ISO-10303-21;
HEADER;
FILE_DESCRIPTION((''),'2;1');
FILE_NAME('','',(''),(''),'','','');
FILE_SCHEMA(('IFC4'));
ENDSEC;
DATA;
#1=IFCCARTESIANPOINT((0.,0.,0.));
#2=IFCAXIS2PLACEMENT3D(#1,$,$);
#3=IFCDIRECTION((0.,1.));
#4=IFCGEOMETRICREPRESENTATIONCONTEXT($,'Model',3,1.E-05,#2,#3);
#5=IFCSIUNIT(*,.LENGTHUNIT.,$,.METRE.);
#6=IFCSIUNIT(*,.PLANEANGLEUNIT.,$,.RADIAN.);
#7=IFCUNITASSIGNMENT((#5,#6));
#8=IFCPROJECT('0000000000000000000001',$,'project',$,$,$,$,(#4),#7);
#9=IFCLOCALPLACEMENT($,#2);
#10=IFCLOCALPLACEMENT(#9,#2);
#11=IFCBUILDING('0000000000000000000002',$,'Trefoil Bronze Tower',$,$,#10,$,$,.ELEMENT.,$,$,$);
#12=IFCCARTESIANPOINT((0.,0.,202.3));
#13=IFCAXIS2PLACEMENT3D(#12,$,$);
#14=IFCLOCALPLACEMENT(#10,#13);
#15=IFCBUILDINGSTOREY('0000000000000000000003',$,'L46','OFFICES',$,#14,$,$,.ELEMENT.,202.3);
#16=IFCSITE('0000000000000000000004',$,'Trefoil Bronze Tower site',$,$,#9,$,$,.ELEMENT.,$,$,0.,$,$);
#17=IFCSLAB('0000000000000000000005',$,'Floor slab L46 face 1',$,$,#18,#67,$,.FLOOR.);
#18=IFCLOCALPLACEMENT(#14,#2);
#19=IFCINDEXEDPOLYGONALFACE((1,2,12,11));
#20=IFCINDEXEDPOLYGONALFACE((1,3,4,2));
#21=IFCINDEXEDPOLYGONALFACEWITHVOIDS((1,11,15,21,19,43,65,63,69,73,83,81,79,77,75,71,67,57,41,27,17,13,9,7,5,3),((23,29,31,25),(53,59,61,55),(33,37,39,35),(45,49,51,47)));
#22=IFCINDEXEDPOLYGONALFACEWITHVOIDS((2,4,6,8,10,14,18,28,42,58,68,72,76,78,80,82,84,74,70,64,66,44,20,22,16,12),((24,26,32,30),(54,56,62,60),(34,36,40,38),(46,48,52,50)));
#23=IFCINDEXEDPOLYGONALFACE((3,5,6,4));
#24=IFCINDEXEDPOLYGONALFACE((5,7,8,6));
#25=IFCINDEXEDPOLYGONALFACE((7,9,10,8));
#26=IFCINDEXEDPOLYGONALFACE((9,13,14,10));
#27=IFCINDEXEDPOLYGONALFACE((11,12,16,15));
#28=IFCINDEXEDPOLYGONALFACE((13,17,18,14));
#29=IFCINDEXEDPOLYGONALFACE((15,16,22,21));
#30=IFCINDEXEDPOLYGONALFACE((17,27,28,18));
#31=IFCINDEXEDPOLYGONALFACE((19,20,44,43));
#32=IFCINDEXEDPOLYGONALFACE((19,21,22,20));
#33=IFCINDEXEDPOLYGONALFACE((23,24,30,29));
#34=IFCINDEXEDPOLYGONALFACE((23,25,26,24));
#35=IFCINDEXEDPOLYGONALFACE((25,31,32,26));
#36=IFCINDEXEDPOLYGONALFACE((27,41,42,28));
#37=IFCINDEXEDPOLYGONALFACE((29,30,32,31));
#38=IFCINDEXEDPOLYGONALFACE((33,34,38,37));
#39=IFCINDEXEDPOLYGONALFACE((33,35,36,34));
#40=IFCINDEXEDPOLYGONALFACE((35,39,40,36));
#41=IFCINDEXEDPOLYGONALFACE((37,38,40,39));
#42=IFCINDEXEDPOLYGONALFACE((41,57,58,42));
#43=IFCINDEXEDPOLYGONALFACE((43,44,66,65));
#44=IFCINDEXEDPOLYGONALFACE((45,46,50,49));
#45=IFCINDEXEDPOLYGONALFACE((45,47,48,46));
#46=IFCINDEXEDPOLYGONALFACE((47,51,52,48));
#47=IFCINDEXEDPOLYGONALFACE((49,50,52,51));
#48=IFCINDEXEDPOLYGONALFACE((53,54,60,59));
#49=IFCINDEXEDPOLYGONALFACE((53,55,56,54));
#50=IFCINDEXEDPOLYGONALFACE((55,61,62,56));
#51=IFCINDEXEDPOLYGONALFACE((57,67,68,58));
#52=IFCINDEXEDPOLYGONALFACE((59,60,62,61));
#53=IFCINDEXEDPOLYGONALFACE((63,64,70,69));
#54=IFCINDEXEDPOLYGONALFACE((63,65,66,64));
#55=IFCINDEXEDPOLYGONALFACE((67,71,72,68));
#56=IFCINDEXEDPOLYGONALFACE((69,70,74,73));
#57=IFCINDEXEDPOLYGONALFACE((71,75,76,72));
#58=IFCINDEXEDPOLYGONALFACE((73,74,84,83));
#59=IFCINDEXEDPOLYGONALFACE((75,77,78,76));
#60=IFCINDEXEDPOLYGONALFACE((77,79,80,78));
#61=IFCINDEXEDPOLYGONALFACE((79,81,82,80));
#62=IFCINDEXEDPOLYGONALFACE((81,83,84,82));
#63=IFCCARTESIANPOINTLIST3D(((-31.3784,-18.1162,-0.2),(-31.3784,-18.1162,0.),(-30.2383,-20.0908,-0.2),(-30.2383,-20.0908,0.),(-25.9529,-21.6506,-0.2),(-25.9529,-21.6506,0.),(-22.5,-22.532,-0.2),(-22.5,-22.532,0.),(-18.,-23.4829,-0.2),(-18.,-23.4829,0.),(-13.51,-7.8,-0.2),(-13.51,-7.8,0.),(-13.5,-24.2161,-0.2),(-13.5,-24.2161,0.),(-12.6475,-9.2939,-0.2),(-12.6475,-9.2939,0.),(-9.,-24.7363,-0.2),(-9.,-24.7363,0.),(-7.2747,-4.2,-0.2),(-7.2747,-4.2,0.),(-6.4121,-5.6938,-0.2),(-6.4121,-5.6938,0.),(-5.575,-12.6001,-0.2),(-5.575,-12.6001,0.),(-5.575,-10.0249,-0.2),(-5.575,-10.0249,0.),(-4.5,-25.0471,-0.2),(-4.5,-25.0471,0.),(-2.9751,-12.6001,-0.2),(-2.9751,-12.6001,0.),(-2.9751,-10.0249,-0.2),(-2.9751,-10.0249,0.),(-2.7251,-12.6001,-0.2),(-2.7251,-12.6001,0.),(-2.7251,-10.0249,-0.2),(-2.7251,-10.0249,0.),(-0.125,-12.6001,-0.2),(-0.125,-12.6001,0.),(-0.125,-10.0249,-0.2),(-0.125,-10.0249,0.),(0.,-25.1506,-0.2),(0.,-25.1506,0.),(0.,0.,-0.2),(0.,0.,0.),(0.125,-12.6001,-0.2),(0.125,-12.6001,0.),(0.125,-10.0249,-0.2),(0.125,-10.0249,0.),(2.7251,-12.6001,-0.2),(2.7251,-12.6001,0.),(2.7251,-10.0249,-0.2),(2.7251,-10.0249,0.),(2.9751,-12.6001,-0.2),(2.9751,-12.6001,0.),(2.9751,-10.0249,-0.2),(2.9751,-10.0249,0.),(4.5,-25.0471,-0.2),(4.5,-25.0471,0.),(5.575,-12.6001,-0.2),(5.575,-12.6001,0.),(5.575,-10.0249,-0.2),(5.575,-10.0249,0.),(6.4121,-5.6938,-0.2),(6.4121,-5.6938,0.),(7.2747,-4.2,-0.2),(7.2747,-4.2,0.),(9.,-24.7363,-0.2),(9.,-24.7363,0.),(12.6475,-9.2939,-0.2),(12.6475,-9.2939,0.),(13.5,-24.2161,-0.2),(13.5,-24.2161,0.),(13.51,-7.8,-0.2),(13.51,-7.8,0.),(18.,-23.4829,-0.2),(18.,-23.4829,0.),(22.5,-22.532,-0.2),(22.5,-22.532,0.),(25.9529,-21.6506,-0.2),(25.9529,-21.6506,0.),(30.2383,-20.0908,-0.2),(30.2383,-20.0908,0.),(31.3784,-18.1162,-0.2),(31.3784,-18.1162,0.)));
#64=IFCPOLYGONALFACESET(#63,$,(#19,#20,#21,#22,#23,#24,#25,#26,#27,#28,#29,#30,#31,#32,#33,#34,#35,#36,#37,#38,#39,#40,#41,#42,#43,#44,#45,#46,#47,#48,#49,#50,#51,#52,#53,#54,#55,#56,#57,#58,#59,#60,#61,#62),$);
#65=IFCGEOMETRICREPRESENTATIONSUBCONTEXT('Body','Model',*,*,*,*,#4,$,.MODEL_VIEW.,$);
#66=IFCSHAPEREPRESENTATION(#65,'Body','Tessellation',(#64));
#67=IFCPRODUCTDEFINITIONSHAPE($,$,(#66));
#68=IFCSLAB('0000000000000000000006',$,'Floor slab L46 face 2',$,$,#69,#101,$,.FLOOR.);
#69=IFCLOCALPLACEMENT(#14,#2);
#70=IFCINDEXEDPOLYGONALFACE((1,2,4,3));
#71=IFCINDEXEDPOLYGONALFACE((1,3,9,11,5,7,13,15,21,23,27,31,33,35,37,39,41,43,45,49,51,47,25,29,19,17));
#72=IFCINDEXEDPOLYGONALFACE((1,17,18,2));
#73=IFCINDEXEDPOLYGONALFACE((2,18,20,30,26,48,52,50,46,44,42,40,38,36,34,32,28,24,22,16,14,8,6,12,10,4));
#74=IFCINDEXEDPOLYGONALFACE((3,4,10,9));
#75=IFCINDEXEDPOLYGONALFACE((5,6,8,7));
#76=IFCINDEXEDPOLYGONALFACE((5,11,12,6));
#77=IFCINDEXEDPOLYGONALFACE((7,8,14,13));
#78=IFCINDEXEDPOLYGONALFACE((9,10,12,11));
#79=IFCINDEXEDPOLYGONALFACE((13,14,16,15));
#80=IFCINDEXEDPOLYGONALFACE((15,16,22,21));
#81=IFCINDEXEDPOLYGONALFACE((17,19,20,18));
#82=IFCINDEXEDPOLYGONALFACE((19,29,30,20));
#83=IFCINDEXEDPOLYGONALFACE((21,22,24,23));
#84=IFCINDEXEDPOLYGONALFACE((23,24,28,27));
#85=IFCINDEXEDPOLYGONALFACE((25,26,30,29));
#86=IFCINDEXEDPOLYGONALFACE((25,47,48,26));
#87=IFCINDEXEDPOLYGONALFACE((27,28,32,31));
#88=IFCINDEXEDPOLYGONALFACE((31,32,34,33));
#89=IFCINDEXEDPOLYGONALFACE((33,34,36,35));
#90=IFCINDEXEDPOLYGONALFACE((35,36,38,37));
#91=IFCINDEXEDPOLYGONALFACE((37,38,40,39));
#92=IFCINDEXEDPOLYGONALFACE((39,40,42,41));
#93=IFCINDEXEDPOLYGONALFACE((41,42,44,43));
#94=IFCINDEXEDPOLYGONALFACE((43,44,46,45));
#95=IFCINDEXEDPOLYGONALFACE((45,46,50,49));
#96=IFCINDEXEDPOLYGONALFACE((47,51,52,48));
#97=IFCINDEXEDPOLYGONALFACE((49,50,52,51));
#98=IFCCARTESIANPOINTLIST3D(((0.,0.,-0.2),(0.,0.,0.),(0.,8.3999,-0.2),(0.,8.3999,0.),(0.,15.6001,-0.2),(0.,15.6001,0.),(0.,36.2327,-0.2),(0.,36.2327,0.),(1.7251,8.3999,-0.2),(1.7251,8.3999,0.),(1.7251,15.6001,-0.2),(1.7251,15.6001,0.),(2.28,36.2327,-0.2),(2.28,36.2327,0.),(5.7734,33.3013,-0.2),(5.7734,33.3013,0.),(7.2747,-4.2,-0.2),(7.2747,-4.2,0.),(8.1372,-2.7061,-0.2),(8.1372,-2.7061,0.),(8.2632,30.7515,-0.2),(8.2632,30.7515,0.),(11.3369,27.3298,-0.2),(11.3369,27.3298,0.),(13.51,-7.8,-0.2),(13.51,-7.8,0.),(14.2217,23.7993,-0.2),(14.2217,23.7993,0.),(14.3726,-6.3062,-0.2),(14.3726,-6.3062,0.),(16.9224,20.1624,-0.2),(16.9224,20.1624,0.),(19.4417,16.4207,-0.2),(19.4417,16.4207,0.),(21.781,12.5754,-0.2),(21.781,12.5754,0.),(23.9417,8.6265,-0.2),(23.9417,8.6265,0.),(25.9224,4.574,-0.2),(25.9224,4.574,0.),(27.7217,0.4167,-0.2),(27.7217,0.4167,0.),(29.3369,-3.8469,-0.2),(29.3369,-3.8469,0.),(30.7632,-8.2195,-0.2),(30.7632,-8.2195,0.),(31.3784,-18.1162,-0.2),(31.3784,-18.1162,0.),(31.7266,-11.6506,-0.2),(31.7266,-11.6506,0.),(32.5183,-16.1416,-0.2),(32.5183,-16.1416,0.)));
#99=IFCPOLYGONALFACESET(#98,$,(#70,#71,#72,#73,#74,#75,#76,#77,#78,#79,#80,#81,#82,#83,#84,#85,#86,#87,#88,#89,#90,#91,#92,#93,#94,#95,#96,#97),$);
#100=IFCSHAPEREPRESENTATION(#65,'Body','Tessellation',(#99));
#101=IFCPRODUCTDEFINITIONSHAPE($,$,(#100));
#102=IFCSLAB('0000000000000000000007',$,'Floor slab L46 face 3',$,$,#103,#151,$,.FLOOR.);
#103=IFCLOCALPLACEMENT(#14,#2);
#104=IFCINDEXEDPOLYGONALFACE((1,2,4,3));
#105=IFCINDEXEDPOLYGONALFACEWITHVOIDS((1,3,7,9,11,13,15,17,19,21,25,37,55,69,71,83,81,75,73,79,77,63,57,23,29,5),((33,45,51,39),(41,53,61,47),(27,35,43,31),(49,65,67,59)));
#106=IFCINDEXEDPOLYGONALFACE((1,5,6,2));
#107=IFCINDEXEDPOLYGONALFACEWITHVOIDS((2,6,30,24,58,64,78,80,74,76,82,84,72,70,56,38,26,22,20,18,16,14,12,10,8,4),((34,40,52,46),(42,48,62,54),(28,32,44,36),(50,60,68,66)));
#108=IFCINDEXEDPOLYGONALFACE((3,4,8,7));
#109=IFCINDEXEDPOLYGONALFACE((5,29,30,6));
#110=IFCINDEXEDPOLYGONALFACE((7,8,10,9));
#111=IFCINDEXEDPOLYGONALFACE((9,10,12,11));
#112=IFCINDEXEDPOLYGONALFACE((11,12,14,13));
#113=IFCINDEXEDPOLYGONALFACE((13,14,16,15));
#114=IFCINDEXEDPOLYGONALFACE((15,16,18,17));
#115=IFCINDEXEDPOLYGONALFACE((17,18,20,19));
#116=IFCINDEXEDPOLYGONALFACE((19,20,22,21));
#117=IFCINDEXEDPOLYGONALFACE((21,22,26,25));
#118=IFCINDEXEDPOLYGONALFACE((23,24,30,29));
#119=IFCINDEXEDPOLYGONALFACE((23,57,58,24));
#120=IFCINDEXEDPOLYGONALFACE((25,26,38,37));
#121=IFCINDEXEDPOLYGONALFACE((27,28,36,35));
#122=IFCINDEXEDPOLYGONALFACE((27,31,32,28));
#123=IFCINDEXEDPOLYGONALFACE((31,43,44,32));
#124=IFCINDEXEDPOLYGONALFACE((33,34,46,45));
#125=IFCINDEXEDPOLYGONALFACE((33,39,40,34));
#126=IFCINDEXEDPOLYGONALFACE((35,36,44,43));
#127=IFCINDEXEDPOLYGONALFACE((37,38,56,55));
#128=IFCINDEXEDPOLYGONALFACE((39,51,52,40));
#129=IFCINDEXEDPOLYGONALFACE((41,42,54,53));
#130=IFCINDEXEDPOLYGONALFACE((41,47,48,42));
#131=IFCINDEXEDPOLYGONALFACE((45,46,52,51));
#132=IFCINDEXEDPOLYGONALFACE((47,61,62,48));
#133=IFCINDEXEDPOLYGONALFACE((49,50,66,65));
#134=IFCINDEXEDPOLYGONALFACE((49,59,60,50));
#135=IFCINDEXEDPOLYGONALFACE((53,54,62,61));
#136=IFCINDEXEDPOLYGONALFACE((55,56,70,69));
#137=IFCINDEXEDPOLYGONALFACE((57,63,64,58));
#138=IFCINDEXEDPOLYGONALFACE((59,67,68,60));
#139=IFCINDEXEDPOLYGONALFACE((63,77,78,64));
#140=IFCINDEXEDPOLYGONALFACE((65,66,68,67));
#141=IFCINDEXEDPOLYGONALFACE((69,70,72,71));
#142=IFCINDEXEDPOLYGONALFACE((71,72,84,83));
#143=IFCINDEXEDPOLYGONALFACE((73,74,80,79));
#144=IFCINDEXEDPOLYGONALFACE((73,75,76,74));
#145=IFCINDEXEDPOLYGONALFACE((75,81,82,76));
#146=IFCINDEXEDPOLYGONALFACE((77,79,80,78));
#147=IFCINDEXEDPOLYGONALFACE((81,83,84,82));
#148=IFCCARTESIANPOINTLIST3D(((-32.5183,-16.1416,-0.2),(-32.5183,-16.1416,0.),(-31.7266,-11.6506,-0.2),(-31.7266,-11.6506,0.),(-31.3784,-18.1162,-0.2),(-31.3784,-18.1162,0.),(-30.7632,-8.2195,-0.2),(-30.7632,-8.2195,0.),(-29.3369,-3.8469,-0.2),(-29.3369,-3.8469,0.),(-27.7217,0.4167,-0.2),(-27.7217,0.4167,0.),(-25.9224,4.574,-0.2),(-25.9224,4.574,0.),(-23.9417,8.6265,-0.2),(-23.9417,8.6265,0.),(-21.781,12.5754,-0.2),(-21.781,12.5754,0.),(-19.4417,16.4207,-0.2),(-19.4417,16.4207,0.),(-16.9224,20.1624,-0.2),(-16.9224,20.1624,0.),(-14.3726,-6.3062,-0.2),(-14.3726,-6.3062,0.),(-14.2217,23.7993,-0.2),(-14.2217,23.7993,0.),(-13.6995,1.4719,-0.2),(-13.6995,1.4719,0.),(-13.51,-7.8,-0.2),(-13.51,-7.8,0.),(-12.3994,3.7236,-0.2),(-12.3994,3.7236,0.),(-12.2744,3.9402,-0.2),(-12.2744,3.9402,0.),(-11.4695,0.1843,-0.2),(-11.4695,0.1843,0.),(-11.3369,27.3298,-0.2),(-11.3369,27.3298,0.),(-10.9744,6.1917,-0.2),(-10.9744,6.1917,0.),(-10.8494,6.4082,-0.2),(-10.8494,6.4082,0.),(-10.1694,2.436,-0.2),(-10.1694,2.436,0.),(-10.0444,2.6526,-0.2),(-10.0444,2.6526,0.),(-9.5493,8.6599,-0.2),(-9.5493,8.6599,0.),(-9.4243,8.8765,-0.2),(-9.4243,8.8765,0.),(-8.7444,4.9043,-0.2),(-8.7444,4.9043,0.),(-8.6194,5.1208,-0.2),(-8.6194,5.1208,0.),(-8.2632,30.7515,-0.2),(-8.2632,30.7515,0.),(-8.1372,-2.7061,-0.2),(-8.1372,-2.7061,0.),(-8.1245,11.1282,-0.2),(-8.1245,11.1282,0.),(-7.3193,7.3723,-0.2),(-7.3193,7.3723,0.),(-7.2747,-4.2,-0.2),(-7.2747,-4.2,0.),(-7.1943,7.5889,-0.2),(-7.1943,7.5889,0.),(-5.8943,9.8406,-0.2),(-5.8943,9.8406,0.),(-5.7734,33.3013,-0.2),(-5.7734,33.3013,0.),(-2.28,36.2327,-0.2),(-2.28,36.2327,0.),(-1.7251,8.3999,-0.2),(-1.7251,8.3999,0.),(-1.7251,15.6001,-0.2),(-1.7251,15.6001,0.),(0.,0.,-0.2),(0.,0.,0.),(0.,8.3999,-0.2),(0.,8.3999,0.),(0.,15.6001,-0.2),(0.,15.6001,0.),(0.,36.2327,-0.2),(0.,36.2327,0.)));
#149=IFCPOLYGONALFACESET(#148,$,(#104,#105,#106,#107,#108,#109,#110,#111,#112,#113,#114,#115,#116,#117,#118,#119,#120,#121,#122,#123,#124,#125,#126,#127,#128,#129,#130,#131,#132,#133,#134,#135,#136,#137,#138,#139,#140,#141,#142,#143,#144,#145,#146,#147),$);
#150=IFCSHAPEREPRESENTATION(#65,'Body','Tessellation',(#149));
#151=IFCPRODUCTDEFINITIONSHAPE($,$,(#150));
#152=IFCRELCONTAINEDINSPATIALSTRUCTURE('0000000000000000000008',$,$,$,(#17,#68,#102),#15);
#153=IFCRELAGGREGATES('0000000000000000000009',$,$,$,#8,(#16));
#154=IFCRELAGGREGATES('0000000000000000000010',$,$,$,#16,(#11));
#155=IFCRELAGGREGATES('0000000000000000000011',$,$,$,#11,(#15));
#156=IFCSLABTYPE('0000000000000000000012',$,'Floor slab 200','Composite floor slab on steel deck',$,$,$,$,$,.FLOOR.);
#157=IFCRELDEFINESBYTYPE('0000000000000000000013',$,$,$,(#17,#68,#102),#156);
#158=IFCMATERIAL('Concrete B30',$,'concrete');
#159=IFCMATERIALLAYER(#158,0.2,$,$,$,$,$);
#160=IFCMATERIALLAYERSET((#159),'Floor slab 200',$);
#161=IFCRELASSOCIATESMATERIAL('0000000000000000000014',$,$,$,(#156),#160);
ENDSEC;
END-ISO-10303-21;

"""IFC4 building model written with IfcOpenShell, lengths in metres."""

from ifc_helpers import new_model, si_unit, direction, frame, origin, place, context, subcontext, project, spatial, polyline, outline, extrude, material, layer, layer_set, type_object, element, save


model = new_model("IFC4")

# Units and contexts
model_context = context("Model", 3, precision=1e-05, world=origin(), true_north=direction((0.0, 1.0)))
body_context = subcontext(model_context, "Body", "Model", "MODEL_VIEW")
ifc_project = project(units=[si_unit("LENGTHUNIT", "METRE"), si_unit("PLANEANGLEUNIT", "RADIAN")], contexts=[model_context])

# Site, building, storey
site_placement = place(None, origin())
site = spatial("IfcSite", under=ifc_project, at=site_placement, Name="Trefoil Bronze Tower site", CompositionType="ELEMENT", RefElevation=0.0)
building_placement = place(site_placement, origin())
building = spatial("IfcBuilding", under=site, at=building_placement, Name="Trefoil Bronze Tower", CompositionType="ELEMENT")
storey_placement = place(building_placement, frame((0.0, 0.0, 202.3)))
storey = spatial("IfcBuildingStorey", under=building, at=storey_placement, Name="L46", Description="OFFICES", CompositionType="ELEMENT", Elevation=202.3)

# Slabs
ifc_material_1 = material(Name="Concrete B30", Category="concrete")
ifc_layer_1 = layer(ifc_material_1, 0.2)
ifc_layer_set_1 = layer_set([ifc_layer_1], Name="Floor slab 200")
slab_type = type_object("IfcSlabType", Name="Floor slab 200", Description="Composite floor slab on steel deck", PredefinedType="FLOOR", material=ifc_layer_set_1)
slab_1_placement = place(storey_placement, frame((0.0, 0.0, -0.2)))
element("IfcSlab", 1, at=slab_1_placement, inside=storey, type_object=slab_type, Name="Floor slab L46 face 1", PredefinedType="FLOOR", context=body_context, shape_type="SweptSolid", body=[
    extrude(outline(polyline([(18.0, -23.4829), (13.5, -24.2161), (9.0, -24.7363), (4.5, -25.0471), (0.0, -25.1506), (-4.5, -25.0471), (-9.0, -24.7363), (-13.5, -24.2161), (-18.0, -23.4829), (-22.5, -22.532), (-25.9529, -21.6506), (-30.2383, -20.0908), (-31.3784, -18.1162), (-13.51, -7.8), (-12.6475, -9.2939), (-6.4121, -5.6938), (-7.2747, -4.2), (0.0, 0.0), (7.2747, -4.2), (6.4121, -5.6938), (12.6475, -9.2939), (13.51, -7.8), (31.3784, -18.1162), (30.2383, -20.0908), (25.9529, -21.6506), (22.5, -22.532), (18.0, -23.4829)]), holes=[polyline([(-5.575, -10.0249), (-2.9751, -10.0249), (-2.9751, -12.6001), (-5.575, -12.6001), (-5.575, -10.0249)]), polyline([(-2.7251, -10.0249), (-0.125, -10.0249), (-0.125, -12.6001), (-2.7251, -12.6001), (-2.7251, -10.0249)]), polyline([(0.125, -10.0249), (2.7251, -10.0249), (2.7251, -12.6001), (0.125, -12.6001), (0.125, -10.0249)]), polyline([(2.9751, -10.0249), (5.575, -10.0249), (5.575, -12.6001), (2.9751, -12.6001), (2.9751, -10.0249)])]), origin(), (0.0, 0.0, 1.0), 0.2),
])
slab_2_placement = place(storey_placement, frame((0.0, 0.0, -0.2)))
element("IfcSlab", 2, at=slab_2_placement, inside=storey, type_object=slab_type, Name="Floor slab L46 face 2", PredefinedType="FLOOR", context=body_context, shape_type="SweptSolid", body=[
    extrude(outline(polyline([(11.3369, 27.3298), (14.2217, 23.7993), (16.9224, 20.1624), (19.4417, 16.4207), (21.781, 12.5754), (23.9417, 8.6265), (25.9224, 4.574), (27.7217, 0.4167), (29.3369, -3.8469), (30.7632, -8.2195), (31.7266, -11.6506), (32.5183, -16.1416), (31.3784, -18.1162), (13.51, -7.8), (14.3726, -6.3062), (8.1372, -2.7061), (7.2747, -4.2), (0.0, 0.0), (0.0, 8.3999), (1.7251, 8.3999), (1.7251, 15.6001), (0.0, 15.6001), (0.0, 36.2327), (2.28, 36.2327), (5.7734, 33.3013), (8.2632, 30.7515), (11.3369, 27.3298)])), origin(), (0.0, 0.0, 1.0), 0.2),
])
slab_3_placement = place(storey_placement, frame((0.0, 0.0, -0.2)))
element("IfcSlab", 3, at=slab_3_placement, inside=storey, type_object=slab_type, Name="Floor slab L46 face 3", PredefinedType="FLOOR", context=body_context, shape_type="SweptSolid", body=[
    extrude(outline(polyline([(-29.3369, -3.8469), (-27.7217, 0.4167), (-25.9224, 4.574), (-23.9417, 8.6265), (-21.781, 12.5754), (-19.4417, 16.4207), (-16.9224, 20.1624), (-14.2217, 23.7993), (-11.3369, 27.3298), (-8.2632, 30.7515), (-5.7734, 33.3013), (-2.28, 36.2327), (0.0, 36.2327), (0.0, 15.6001), (-1.7251, 15.6001), (-1.7251, 8.3999), (0.0, 8.3999), (0.0, 0.0), (-7.2747, -4.2), (-8.1372, -2.7061), (-14.3726, -6.3062), (-13.51, -7.8), (-31.3784, -18.1162), (-32.5183, -16.1416), (-31.7266, -11.6506), (-30.7632, -8.2195), (-29.3369, -3.8469)]), holes=[polyline([(-5.8943, 9.8406), (-7.1943, 7.5889), (-9.4243, 8.8765), (-8.1245, 11.1282), (-5.8943, 9.8406)]), polyline([(-7.3193, 7.3723), (-8.6194, 5.1208), (-10.8494, 6.4082), (-9.5493, 8.6599), (-7.3193, 7.3723)]), polyline([(-8.7444, 4.9043), (-10.0444, 2.6526), (-12.2744, 3.9402), (-10.9744, 6.1917), (-8.7444, 4.9043)]), polyline([(-10.1694, 2.436), (-11.4695, 0.1843), (-13.6995, 1.4719), (-12.3994, 3.7236), (-10.1694, 2.436)])]), origin(), (0.0, 0.0, 1.0), 0.2),
])

save(model, "model.ifc")
